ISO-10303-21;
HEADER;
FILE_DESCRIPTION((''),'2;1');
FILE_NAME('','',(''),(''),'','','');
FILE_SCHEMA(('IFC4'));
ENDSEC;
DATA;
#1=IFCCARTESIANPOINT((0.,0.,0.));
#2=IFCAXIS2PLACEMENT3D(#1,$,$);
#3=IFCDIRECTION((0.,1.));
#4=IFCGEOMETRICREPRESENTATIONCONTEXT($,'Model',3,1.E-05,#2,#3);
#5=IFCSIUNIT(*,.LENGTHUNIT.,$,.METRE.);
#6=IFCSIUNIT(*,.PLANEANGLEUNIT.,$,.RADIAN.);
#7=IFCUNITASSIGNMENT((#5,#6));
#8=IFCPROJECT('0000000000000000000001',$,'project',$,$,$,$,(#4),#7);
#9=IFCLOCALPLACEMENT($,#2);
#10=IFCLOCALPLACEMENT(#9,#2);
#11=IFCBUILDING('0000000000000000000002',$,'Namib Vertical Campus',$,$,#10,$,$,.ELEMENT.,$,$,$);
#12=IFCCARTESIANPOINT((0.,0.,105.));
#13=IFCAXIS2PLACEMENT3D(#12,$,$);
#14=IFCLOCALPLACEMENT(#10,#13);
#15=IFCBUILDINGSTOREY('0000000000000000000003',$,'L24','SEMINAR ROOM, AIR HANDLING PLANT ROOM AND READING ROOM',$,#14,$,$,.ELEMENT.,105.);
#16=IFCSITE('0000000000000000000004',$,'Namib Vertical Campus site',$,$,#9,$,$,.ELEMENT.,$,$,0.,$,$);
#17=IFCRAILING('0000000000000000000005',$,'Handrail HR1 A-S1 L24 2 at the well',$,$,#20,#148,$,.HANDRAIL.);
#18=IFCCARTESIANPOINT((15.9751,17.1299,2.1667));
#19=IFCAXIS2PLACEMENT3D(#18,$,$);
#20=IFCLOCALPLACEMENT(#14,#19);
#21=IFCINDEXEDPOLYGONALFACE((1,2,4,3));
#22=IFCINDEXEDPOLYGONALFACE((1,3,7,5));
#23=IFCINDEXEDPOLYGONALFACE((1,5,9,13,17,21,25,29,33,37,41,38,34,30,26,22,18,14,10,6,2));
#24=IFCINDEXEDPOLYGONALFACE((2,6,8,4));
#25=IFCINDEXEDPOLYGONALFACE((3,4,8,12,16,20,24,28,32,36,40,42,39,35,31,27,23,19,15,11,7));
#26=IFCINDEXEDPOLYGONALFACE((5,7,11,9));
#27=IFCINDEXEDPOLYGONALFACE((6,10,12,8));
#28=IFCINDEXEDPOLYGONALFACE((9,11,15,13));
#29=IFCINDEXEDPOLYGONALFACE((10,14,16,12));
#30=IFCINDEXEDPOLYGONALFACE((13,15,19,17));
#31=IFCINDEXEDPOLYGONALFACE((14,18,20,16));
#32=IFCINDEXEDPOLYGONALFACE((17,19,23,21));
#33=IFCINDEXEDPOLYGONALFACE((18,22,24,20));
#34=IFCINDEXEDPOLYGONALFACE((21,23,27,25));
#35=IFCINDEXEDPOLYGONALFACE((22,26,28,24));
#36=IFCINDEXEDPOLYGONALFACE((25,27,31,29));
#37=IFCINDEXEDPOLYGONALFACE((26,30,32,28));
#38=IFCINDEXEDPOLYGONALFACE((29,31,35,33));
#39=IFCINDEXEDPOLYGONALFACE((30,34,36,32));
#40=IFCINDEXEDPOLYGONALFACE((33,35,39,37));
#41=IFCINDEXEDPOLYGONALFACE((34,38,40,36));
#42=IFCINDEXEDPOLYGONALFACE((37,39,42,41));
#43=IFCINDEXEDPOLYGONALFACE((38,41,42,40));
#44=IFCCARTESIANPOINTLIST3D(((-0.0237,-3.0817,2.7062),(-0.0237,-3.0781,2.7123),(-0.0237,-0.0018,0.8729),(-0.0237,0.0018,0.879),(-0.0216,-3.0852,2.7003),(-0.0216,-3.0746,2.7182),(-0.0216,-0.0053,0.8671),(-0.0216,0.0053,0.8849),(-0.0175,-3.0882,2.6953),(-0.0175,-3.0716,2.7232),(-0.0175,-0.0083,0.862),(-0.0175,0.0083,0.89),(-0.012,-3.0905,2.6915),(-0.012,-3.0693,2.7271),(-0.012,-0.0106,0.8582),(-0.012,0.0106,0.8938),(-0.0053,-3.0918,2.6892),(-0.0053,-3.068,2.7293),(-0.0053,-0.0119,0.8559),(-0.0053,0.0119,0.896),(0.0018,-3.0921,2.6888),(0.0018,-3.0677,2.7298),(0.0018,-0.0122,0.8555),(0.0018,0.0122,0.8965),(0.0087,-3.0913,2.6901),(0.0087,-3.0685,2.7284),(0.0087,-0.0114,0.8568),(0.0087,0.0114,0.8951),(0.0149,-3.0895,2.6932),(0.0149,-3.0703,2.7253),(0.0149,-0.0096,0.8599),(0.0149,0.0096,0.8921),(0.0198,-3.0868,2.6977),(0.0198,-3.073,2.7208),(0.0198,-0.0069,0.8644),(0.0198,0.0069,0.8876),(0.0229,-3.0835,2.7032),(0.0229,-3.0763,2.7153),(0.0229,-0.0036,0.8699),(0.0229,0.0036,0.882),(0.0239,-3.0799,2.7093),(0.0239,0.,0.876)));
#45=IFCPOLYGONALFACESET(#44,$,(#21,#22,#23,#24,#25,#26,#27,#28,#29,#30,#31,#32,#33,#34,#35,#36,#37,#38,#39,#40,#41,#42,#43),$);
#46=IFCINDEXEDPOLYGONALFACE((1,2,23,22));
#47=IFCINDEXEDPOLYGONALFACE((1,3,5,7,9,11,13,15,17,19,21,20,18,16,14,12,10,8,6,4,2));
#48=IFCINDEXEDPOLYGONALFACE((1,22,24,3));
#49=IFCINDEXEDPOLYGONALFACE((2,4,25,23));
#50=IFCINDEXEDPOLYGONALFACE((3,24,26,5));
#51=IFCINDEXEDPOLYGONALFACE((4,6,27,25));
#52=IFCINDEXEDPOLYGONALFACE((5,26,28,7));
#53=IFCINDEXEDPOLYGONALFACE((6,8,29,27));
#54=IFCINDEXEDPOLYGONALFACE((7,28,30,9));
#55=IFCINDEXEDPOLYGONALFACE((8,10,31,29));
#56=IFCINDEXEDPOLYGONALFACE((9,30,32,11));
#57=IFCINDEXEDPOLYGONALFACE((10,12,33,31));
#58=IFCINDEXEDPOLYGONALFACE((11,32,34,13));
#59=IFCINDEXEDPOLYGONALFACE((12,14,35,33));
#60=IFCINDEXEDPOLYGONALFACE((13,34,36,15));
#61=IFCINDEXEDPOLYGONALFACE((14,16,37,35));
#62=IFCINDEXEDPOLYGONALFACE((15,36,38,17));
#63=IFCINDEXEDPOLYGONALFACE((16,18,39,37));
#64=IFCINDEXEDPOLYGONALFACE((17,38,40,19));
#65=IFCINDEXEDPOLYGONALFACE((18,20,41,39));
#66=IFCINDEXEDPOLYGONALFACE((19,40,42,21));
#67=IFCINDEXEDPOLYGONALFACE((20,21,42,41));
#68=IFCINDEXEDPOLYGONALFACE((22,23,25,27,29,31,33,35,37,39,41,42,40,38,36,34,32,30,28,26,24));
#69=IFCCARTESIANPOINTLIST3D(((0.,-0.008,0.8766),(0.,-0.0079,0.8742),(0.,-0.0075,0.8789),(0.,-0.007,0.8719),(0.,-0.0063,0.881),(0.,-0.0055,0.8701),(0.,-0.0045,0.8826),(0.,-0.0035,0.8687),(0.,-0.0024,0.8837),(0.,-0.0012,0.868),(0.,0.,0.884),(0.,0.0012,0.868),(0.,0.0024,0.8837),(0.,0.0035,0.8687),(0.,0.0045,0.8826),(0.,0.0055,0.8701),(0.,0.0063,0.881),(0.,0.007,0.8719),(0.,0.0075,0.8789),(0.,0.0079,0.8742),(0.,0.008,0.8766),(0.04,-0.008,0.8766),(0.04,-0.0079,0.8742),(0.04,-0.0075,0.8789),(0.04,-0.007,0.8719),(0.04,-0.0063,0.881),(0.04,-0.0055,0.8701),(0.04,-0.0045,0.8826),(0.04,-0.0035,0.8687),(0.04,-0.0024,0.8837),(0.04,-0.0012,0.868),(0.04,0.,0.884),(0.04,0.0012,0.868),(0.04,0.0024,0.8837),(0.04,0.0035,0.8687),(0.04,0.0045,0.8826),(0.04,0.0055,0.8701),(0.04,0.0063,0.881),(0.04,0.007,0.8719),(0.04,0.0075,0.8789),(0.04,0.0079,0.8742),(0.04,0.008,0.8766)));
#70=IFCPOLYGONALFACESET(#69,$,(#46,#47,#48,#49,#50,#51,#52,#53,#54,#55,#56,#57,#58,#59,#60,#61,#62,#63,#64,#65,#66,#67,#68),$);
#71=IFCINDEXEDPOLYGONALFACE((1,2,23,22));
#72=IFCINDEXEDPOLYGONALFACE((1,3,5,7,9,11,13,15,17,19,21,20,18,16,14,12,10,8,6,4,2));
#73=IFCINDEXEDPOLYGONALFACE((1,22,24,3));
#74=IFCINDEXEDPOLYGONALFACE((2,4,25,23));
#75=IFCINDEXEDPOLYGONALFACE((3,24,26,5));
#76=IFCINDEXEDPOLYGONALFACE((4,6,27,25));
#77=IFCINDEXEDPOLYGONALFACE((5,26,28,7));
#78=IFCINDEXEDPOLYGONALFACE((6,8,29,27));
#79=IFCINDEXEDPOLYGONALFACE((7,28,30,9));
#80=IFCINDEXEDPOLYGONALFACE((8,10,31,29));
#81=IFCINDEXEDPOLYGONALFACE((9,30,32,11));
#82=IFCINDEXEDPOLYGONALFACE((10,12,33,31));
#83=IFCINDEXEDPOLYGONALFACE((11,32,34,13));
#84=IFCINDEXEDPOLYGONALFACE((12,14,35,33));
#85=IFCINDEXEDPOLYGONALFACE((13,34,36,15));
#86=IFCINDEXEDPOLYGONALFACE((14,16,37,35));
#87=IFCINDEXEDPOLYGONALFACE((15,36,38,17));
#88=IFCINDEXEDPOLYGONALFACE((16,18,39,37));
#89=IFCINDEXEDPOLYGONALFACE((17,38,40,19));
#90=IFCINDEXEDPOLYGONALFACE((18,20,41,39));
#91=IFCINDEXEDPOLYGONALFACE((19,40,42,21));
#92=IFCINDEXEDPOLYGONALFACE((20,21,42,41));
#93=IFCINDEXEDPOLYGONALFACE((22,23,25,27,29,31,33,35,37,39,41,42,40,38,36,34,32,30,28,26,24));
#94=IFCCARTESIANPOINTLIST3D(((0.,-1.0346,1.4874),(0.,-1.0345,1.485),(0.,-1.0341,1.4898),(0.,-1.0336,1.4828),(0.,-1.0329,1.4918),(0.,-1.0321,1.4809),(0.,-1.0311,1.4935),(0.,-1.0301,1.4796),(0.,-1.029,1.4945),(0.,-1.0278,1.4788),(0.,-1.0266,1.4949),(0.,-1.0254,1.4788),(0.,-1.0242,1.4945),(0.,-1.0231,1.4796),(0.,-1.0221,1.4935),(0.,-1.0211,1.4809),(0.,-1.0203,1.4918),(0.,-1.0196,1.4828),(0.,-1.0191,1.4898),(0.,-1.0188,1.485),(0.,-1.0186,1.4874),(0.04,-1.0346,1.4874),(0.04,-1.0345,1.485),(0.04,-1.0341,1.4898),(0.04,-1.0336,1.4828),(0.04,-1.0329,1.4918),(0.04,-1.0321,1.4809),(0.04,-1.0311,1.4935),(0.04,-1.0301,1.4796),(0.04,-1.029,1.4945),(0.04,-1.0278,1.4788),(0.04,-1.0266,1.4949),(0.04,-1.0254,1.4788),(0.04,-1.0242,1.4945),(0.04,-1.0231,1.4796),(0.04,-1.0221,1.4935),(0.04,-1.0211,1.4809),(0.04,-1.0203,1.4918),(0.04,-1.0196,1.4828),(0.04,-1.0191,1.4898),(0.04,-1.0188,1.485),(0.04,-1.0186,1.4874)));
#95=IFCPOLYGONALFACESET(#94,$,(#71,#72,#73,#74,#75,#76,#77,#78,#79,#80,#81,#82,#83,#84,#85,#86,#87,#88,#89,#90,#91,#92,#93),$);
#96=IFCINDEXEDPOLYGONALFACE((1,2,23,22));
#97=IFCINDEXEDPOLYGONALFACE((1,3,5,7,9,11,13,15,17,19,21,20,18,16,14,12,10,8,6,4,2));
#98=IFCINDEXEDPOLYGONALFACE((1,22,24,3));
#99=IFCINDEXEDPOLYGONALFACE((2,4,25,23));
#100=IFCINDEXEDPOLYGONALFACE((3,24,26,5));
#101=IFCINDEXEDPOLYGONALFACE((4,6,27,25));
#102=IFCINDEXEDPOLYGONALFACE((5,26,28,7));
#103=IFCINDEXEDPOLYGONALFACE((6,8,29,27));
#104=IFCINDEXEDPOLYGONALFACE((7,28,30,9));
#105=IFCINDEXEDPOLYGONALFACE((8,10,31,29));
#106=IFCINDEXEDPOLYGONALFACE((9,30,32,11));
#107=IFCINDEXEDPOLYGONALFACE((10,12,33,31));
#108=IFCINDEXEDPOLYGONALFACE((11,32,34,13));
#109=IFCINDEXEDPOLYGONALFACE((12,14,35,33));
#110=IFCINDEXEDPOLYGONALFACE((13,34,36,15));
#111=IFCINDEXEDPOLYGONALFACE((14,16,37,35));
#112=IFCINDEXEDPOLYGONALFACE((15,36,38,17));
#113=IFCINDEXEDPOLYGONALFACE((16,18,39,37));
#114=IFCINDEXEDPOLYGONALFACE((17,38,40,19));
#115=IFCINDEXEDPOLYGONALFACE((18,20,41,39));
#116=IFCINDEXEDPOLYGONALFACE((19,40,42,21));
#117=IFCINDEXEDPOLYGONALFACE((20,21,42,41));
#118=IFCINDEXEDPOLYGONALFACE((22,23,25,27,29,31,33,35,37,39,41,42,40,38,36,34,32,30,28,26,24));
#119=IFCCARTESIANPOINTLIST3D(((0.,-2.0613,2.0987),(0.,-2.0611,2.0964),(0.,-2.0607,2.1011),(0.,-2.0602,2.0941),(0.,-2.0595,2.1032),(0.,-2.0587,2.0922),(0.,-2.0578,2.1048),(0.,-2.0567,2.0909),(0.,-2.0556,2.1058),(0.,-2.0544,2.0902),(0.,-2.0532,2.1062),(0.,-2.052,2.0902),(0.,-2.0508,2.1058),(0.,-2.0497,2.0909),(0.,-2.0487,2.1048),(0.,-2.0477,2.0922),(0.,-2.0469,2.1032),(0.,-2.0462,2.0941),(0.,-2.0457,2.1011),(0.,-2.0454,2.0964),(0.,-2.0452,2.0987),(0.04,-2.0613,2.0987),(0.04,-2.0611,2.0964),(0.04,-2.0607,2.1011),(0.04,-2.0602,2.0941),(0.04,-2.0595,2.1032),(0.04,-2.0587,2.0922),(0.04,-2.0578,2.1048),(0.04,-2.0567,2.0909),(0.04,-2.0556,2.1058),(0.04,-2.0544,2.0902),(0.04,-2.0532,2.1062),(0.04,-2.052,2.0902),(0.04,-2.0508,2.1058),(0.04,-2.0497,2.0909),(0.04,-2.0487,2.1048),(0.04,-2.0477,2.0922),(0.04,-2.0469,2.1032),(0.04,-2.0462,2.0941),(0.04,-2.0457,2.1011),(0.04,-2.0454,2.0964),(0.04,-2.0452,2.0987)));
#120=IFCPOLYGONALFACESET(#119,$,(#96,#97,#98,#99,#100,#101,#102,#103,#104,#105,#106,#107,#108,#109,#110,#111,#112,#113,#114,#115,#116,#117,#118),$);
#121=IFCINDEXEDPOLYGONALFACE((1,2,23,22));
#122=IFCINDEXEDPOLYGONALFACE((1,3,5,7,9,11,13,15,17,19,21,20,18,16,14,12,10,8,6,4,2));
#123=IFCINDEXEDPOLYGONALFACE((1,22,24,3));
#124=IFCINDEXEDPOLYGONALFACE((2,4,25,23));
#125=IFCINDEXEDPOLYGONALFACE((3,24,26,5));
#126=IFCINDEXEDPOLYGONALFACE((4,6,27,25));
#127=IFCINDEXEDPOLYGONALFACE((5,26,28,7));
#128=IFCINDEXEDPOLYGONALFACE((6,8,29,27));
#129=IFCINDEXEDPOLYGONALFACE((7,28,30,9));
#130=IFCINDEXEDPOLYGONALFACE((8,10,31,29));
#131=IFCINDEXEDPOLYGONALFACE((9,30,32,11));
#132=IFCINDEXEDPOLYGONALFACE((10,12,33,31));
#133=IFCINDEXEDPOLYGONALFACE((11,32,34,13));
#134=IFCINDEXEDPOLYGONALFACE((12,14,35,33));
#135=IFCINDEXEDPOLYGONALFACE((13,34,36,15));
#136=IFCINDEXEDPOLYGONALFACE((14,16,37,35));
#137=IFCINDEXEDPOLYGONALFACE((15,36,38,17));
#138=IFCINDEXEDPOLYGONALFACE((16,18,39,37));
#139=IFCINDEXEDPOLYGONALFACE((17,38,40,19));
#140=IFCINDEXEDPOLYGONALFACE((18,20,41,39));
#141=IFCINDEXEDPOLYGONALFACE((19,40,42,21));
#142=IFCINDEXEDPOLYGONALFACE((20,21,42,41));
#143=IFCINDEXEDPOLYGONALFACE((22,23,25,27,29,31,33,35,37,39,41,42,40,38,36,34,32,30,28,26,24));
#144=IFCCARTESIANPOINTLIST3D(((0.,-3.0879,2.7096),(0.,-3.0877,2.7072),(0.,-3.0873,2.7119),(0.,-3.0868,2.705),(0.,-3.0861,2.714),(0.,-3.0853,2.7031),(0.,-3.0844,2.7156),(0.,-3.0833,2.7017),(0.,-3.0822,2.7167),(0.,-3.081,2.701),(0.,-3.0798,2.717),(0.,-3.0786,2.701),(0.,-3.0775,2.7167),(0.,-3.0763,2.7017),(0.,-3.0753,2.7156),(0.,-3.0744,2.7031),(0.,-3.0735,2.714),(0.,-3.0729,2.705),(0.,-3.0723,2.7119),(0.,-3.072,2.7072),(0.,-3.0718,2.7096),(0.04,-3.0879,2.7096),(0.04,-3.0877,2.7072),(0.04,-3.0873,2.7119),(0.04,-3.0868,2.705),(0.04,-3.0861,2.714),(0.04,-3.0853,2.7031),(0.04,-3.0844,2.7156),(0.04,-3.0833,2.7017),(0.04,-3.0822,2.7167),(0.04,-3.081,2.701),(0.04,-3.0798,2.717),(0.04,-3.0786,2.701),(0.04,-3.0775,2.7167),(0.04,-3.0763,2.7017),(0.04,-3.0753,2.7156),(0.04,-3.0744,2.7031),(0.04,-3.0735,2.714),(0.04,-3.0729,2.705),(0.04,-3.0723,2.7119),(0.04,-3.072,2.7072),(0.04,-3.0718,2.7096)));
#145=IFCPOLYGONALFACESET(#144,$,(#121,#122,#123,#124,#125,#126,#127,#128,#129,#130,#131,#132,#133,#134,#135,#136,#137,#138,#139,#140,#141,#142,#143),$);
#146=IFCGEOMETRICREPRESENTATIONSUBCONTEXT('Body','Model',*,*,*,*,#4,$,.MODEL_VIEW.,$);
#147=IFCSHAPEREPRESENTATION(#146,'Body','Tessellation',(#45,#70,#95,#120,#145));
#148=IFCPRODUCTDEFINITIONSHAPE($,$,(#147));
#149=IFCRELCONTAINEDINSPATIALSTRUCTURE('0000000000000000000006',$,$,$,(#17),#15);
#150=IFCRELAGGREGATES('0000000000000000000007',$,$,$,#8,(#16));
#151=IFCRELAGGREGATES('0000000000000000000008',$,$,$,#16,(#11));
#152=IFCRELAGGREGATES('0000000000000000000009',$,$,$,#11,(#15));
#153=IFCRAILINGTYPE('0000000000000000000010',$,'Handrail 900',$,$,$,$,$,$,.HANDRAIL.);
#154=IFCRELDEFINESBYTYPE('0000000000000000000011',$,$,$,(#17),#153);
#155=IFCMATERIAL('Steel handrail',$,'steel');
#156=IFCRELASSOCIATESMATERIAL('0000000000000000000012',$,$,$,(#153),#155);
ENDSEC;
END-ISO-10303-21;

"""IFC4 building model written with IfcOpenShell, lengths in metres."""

from ifc_helpers import new_model, si_unit, direction, frame, origin, origin_2d, place, context, subcontext, project, spatial, circle, extrude, material, type_object, element, save


model = new_model("IFC4")

# Units and contexts
model_context = context("Model", 3, precision=1e-05, world=origin(), true_north=direction((0.0, 1.0)))
body_context = subcontext(model_context, "Body", "Model", "MODEL_VIEW")
ifc_project = project(units=[si_unit("LENGTHUNIT", "METRE"), si_unit("PLANEANGLEUNIT", "RADIAN")], contexts=[model_context])

# Site, building, storey
site_placement = place(None, origin())
site = spatial("IfcSite", under=ifc_project, at=site_placement, Name="Namib Vertical Campus site", CompositionType="ELEMENT", RefElevation=0.0)
building_placement = place(site_placement, origin())
building = spatial("IfcBuilding", under=site, at=building_placement, Name="Namib Vertical Campus", CompositionType="ELEMENT")
storey_placement = place(building_placement, frame((0.0, 0.0, 105.0)))
storey = spatial("IfcBuildingStorey", under=building, at=storey_placement, Name="L24", Description="SEMINAR ROOM, AIR HANDLING PLANT ROOM AND READING ROOM", CompositionType="ELEMENT", Elevation=105.0)

# Railing
ifc_material_1 = material(Name="Steel handrail", Category="steel")
railing_type_1 = type_object("IfcRailingType", Name="Handrail 900", PredefinedType="HANDRAIL", material=ifc_material_1)
railing_1_placement = place(storey_placement, frame((15.9751, 17.1299, 2.1667)))
element("IfcRailing", 1, at=railing_1_placement, inside=storey, type_object=railing_type_1, Name="Handrail HR1 A-S1 L24 2 at the well", PredefinedType="HANDRAIL", context=body_context, shape_type="SweptSolid", body=[
    extrude(circle(Radius=0.0239, at=origin_2d()), frame((0.0, 0.0, 0.876), z_axis=(0.0, -0.859291, 0.511487), x_axis=(1.0, 0.0, 0.0)), (0.0, 0.0, 1.0), 3.5842),
    extrude(circle(Radius=0.0081, at=origin_2d()), frame((0.0, 0.0, 0.876), z_axis=(1.0, 0.0, 0.0), x_axis=(0.0, 0.0, 1.0)), (0.0, 0.0, 1.0), 0.04),
    extrude(circle(Radius=0.0081, at=origin_2d()), frame((0.0, -1.0266, 1.4868), z_axis=(1.0, 0.0, 0.0), x_axis=(0.0, 0.0, 1.0)), (0.0, 0.0, 1.0), 0.04),
    extrude(circle(Radius=0.0081, at=origin_2d()), frame((0.0, -2.0532, 2.0981), z_axis=(1.0, 0.0, 0.0), x_axis=(0.0, 0.0, 1.0)), (0.0, 0.0, 1.0), 0.04),
    extrude(circle(Radius=0.0081, at=origin_2d()), frame((0.0, -3.0798, 2.709), z_axis=(1.0, 0.0, 0.0), x_axis=(0.0, 0.0, 1.0)), (0.0, 0.0, 1.0), 0.04),
])

save(model, "model.ifc")
